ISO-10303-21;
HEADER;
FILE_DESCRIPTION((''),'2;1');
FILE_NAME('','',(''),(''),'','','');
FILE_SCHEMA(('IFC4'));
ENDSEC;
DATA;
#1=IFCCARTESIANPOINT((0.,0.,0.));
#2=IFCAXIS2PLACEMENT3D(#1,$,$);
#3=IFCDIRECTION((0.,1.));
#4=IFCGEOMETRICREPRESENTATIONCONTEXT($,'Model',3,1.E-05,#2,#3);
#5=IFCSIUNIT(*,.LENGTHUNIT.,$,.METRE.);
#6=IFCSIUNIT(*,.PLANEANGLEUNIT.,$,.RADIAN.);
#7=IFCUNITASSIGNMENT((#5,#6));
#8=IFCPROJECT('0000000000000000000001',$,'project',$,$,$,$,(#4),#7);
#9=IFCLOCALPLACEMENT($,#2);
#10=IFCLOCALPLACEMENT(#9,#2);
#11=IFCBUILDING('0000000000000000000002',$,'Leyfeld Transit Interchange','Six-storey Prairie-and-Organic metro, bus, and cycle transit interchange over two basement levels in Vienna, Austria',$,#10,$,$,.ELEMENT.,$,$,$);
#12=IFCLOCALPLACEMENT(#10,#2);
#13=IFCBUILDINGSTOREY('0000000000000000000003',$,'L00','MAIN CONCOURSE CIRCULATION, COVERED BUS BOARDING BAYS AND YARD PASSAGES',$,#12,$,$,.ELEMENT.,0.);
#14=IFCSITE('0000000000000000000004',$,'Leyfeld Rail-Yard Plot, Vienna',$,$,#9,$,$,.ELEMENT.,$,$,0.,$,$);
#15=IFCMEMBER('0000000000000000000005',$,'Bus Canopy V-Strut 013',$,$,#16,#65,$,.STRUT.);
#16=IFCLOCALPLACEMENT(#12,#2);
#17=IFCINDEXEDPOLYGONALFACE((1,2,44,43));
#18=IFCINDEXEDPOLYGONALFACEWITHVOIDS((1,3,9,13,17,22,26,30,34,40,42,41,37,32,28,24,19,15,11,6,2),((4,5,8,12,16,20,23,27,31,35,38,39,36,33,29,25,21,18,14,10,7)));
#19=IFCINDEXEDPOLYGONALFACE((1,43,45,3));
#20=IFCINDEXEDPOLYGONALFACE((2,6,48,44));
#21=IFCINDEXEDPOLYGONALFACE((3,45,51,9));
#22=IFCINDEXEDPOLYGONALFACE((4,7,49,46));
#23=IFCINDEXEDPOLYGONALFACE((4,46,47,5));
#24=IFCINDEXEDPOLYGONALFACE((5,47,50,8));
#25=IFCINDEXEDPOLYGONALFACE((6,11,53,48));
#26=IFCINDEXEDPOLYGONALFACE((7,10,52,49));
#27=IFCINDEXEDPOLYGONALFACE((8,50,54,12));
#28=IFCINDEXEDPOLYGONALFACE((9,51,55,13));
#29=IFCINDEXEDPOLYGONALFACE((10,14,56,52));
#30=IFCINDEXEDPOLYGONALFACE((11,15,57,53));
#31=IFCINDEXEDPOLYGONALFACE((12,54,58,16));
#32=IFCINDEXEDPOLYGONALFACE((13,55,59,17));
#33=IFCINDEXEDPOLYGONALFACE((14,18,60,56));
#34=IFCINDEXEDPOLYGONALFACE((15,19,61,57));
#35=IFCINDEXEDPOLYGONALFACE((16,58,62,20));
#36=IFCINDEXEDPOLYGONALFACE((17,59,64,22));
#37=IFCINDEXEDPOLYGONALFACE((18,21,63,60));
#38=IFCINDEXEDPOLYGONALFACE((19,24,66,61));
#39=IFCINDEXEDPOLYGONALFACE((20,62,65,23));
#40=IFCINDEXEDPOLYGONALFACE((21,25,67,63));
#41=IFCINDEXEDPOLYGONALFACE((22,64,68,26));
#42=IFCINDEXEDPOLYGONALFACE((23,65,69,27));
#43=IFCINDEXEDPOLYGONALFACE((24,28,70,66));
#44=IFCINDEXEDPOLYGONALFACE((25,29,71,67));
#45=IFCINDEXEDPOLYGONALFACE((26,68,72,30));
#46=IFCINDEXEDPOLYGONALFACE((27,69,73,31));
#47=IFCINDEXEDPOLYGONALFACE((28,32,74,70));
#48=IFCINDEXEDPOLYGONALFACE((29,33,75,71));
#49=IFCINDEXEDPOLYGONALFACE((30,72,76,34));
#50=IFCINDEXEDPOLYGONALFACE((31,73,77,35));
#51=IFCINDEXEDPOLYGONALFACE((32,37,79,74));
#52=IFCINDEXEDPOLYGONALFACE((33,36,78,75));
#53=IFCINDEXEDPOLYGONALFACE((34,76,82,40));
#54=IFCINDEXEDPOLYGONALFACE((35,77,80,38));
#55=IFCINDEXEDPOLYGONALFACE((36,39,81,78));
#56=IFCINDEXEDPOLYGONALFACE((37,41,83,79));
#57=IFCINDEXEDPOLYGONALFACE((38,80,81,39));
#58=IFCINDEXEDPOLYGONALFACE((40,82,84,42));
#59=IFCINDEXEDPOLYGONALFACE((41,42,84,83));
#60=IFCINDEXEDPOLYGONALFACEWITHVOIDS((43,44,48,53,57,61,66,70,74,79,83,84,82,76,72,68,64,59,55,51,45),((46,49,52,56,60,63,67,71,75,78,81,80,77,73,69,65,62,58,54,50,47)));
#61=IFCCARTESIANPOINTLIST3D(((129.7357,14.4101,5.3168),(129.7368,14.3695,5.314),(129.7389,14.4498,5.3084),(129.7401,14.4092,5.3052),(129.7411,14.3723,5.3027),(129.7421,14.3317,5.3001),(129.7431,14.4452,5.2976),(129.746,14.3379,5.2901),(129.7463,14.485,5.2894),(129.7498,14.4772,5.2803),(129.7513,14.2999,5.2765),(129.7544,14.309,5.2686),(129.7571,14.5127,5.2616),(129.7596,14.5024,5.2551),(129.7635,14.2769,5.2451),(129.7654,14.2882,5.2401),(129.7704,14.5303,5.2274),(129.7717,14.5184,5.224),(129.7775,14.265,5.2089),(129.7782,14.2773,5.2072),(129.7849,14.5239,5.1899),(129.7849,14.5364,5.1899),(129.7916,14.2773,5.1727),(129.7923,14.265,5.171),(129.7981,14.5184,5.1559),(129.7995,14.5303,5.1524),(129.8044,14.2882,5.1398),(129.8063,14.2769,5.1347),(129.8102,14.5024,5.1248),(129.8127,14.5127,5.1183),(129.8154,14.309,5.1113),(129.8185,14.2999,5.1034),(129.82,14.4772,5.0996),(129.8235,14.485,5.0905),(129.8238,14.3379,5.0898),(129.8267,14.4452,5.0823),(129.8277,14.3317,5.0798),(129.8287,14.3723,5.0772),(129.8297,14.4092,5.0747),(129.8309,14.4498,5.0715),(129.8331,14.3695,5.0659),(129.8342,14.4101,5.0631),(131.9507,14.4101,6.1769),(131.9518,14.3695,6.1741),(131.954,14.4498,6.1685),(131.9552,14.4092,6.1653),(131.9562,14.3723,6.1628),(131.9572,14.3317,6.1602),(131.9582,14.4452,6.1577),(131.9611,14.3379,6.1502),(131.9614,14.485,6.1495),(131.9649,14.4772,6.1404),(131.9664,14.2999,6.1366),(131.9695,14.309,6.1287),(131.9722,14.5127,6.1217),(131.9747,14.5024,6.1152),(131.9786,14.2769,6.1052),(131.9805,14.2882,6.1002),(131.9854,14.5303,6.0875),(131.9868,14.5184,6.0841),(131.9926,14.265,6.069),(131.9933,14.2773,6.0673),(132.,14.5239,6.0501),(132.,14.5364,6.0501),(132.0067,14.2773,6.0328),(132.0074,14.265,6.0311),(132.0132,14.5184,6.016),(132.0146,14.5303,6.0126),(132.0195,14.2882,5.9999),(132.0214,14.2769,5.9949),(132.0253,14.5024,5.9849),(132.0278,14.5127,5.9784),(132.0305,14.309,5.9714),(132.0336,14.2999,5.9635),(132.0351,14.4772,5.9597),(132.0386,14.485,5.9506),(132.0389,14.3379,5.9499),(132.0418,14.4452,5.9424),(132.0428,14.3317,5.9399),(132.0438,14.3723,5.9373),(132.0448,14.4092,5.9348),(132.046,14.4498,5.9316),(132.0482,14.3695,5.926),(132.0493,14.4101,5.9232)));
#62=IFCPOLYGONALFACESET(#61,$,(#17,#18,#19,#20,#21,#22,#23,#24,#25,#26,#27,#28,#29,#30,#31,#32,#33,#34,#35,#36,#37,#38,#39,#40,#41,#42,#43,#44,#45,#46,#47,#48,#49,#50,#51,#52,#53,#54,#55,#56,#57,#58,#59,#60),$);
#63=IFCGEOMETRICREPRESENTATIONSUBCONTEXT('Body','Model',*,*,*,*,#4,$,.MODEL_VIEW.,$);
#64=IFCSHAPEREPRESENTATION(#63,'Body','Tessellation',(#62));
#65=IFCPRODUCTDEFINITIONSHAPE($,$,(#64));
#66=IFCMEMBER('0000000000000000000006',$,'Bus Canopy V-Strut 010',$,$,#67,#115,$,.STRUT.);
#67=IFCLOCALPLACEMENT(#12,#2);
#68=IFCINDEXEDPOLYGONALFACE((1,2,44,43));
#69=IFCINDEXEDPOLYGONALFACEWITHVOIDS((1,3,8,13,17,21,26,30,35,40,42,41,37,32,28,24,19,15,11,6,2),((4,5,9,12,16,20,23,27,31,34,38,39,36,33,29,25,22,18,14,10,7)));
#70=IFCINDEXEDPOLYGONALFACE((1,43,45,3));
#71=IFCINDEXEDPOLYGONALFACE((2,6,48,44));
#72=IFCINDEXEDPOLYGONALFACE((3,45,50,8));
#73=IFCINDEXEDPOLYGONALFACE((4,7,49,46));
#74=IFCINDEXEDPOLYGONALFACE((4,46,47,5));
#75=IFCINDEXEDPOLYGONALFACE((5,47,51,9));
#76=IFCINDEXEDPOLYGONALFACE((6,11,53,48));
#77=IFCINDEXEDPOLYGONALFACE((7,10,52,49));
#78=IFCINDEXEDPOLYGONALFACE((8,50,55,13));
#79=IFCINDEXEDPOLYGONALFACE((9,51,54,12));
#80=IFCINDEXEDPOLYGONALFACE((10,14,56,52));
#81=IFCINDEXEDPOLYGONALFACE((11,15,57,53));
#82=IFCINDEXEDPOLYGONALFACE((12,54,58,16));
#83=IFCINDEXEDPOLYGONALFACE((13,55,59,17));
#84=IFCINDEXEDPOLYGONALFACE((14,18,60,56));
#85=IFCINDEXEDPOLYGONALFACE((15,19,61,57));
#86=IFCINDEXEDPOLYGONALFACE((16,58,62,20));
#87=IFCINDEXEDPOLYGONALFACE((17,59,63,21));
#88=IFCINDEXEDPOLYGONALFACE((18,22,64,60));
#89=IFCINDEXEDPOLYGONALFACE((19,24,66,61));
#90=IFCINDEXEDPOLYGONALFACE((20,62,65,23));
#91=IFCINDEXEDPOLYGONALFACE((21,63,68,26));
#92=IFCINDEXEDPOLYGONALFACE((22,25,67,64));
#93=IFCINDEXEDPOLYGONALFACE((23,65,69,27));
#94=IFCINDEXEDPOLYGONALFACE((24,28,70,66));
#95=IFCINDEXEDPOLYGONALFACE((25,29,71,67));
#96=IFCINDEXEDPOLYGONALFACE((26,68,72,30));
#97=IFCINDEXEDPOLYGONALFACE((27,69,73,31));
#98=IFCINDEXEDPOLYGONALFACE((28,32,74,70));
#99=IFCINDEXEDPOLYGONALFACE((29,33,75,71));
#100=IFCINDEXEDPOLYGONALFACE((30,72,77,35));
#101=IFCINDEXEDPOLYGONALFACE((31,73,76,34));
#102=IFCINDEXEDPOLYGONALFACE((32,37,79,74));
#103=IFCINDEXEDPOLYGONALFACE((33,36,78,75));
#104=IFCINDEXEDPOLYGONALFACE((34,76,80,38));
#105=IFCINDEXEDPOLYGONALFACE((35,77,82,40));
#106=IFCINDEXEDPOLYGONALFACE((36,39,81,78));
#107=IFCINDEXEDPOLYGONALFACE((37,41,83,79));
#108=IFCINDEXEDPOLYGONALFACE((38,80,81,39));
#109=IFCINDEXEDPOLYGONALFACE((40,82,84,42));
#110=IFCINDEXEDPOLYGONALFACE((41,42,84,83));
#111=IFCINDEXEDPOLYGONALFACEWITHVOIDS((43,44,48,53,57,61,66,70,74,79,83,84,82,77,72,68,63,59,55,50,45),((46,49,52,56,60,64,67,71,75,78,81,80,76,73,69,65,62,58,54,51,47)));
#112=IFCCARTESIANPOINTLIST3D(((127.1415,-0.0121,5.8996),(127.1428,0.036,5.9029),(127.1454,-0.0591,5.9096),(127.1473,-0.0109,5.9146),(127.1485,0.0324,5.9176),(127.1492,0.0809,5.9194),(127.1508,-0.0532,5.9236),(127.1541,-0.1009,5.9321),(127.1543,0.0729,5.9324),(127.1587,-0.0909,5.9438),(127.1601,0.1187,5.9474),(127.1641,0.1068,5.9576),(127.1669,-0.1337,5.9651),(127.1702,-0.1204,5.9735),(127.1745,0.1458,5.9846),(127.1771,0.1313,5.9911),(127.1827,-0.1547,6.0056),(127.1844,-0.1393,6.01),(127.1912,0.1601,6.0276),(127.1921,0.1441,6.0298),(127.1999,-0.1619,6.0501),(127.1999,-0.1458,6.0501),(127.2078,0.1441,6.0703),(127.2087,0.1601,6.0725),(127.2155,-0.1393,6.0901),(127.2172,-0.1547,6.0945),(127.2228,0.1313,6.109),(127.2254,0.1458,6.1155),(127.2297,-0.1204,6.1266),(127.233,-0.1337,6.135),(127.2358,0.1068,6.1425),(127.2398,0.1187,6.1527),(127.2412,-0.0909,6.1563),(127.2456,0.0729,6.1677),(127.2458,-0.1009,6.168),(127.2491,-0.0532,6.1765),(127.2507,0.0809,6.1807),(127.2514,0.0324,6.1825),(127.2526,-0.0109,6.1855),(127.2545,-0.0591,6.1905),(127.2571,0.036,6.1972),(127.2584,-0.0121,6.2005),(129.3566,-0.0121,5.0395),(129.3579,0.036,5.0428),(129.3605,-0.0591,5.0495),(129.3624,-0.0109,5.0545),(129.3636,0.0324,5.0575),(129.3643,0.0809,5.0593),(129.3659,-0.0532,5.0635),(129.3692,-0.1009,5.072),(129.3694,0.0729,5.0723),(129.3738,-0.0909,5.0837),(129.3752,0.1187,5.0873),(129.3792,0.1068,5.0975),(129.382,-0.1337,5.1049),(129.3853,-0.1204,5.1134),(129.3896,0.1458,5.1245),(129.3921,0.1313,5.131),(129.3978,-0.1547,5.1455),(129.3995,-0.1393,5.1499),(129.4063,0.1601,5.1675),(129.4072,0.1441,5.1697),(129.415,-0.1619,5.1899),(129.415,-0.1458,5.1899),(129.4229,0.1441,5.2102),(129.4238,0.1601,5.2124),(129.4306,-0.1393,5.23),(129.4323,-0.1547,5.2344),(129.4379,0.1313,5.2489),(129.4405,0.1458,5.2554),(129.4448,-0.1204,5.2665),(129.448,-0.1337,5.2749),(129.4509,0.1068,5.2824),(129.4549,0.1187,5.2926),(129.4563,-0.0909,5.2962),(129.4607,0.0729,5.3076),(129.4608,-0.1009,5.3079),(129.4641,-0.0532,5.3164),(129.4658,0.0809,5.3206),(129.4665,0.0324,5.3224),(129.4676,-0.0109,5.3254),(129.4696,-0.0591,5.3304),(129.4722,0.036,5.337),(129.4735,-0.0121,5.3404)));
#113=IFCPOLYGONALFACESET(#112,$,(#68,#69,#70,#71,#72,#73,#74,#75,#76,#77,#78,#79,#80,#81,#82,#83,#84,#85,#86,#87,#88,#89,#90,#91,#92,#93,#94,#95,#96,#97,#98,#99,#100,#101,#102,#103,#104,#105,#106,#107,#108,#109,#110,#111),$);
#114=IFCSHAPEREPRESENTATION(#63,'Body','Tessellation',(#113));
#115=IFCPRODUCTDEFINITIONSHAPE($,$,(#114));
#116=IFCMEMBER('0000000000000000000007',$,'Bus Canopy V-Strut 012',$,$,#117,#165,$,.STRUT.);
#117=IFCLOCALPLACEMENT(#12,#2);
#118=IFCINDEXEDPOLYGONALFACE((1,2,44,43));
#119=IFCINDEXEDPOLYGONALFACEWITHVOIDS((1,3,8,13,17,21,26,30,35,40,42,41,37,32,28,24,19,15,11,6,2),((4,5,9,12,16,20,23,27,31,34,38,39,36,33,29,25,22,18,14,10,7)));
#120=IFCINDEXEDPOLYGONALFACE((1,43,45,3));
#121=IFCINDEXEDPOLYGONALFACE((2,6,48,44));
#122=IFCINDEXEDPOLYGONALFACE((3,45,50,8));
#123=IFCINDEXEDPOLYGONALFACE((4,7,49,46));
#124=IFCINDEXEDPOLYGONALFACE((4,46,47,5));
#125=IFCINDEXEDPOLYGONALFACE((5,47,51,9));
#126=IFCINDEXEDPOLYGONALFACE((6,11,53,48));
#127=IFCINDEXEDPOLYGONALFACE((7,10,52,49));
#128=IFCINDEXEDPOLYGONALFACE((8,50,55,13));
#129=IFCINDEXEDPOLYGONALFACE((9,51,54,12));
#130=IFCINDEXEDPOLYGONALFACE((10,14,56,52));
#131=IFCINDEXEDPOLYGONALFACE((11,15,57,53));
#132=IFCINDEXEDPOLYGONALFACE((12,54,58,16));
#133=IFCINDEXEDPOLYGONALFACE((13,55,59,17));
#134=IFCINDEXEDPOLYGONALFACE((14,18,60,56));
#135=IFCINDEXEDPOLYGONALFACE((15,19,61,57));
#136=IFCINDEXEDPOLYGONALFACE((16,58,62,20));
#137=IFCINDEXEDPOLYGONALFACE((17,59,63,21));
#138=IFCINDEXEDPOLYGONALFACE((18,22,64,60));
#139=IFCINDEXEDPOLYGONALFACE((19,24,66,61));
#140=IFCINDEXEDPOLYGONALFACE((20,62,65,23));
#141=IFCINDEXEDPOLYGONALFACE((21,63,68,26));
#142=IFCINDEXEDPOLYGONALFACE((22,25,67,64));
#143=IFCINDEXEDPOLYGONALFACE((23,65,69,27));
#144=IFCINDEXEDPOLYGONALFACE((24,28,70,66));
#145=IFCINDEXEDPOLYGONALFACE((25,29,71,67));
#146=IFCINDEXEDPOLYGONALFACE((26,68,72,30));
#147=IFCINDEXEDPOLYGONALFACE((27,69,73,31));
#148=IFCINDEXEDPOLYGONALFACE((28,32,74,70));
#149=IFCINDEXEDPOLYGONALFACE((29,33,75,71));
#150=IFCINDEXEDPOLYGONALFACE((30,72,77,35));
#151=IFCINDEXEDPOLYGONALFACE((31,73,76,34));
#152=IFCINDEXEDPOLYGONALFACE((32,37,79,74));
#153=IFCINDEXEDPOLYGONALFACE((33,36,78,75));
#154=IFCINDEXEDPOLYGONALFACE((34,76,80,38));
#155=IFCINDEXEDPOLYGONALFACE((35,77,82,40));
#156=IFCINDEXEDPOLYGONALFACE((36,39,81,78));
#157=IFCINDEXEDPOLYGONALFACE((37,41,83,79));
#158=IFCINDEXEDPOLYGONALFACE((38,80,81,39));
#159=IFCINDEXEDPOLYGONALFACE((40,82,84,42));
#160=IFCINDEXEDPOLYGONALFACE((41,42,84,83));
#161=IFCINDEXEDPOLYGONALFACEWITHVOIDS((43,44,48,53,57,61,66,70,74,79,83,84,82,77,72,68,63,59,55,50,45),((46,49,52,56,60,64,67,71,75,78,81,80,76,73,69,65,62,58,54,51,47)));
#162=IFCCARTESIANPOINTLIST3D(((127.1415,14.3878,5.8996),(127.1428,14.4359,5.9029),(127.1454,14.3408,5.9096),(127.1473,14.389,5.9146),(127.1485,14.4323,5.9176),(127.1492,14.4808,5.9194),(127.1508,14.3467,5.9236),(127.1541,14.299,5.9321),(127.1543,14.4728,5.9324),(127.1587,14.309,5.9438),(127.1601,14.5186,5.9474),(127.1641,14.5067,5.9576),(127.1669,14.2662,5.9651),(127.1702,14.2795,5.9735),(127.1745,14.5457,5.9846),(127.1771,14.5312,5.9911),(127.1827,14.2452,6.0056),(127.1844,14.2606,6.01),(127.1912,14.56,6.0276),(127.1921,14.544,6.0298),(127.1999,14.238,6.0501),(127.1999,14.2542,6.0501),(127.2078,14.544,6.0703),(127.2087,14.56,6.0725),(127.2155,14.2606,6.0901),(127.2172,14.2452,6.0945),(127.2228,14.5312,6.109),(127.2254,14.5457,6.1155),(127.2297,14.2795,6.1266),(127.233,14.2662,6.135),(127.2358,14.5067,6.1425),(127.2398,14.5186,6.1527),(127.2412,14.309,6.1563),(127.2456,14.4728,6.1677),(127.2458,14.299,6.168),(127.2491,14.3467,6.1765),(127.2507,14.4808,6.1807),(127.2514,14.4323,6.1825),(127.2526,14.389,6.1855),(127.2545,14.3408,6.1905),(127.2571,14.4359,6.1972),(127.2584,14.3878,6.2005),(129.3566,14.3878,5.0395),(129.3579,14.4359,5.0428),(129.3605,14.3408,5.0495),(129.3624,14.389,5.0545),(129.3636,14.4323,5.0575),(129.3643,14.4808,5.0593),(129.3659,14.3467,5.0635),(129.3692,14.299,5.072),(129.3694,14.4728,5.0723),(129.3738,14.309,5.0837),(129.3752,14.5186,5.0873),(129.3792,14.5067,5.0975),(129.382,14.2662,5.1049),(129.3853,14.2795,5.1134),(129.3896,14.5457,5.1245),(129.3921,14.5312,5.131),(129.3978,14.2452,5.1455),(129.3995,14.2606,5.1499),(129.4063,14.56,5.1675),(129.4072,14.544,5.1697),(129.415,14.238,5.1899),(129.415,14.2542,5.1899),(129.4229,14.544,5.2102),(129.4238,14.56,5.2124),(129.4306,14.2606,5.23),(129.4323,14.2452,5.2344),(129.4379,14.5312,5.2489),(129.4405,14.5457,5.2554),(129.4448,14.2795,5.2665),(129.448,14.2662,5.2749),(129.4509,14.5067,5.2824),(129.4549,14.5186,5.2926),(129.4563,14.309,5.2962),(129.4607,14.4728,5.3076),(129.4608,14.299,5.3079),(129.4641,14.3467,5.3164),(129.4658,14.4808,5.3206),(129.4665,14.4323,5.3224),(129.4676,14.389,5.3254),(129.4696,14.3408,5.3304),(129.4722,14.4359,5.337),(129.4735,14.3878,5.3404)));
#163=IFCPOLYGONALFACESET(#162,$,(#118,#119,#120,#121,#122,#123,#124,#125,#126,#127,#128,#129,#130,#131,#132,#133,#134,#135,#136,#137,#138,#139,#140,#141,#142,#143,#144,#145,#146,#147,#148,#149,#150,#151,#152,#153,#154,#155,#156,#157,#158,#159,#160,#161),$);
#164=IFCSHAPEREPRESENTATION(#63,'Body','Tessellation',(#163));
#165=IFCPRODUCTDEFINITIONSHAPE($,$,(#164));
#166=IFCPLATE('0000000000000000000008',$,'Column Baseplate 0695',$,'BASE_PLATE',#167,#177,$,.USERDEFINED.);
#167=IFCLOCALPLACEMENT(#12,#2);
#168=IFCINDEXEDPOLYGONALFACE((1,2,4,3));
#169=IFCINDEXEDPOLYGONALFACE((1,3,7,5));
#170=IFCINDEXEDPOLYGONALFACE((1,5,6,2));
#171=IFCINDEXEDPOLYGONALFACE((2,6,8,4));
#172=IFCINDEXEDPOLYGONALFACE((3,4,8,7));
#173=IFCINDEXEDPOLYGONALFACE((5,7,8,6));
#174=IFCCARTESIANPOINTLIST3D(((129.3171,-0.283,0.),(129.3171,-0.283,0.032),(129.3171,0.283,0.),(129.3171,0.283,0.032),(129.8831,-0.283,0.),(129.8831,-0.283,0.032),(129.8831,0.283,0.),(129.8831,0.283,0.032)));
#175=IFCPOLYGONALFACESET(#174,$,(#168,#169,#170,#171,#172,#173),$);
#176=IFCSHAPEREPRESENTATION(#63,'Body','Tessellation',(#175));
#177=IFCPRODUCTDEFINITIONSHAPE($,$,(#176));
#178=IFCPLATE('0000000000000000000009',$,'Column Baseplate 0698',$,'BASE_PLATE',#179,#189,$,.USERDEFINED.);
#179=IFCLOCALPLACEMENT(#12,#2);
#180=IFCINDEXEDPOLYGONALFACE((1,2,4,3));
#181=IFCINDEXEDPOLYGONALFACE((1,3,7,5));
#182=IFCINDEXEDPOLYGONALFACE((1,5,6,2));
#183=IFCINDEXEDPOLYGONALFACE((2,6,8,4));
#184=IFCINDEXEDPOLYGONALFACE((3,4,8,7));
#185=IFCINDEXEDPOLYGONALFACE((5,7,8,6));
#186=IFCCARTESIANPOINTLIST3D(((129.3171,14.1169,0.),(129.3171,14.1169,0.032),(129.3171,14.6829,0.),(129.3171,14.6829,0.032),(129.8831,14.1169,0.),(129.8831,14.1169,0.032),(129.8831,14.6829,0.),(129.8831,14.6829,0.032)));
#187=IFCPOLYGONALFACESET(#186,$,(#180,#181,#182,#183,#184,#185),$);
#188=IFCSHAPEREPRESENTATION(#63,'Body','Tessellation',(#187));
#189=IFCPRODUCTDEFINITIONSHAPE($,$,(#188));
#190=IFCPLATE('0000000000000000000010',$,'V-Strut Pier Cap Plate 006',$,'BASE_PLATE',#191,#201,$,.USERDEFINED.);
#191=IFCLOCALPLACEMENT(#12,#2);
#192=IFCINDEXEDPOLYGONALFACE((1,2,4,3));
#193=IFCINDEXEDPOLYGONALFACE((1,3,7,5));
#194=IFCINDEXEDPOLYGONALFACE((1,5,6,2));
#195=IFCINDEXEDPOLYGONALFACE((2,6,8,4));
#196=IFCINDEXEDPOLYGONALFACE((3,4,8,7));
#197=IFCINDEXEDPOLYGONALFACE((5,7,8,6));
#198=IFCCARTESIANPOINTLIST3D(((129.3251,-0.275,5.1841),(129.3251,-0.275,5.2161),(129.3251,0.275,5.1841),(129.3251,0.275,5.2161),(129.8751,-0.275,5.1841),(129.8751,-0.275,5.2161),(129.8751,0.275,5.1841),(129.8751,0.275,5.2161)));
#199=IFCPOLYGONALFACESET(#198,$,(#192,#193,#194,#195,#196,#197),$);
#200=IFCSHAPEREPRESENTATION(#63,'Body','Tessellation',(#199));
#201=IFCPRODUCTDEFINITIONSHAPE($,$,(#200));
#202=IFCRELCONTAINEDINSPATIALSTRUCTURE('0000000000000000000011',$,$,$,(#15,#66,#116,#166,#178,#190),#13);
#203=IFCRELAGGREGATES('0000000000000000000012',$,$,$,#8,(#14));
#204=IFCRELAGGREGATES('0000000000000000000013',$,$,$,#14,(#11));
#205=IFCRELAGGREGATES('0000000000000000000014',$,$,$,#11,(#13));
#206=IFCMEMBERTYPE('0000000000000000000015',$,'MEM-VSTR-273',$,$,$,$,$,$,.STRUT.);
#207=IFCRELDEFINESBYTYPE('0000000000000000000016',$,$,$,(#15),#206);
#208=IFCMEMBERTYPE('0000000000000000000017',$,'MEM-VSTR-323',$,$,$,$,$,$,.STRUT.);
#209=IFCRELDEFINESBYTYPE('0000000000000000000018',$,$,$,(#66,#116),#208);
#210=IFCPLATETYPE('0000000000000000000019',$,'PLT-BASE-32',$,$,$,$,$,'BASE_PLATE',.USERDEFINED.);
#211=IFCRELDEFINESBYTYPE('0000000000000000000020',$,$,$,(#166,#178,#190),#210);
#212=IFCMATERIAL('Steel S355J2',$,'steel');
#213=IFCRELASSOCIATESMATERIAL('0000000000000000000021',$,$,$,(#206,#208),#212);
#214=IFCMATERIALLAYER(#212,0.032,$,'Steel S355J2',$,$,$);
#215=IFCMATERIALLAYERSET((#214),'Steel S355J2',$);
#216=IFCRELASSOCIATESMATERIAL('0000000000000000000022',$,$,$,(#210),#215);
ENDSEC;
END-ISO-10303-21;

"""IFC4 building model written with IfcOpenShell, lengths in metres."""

from ifc_helpers import new_model, si_unit, direction, frame, origin, origin_2d, place, context, subcontext, project, spatial, rectangle, hollow_circle, extrude, material, layer, layer_set, material_profile, profile_set, type_object, element, save


model = new_model("IFC4")

# Units and contexts
model_context = context("Model", 3, precision=1e-05, world=origin(), true_north=direction((0.0, 1.0)))
body_context = subcontext(model_context, "Body", "Model", "MODEL_VIEW")
ifc_project = project(units=[si_unit("LENGTHUNIT", "METRE"), si_unit("PLANEANGLEUNIT", "RADIAN")], contexts=[model_context])

# Site, building, storey
site_placement = place(None, origin())
site = spatial("IfcSite", under=ifc_project, at=site_placement, Name="Leyfeld Rail-Yard Plot, Vienna", CompositionType="ELEMENT", RefElevation=0.0)
building_placement = place(site_placement, origin())
building = spatial("IfcBuilding", under=site, at=building_placement, Name="Leyfeld Transit Interchange", Description="Six-storey Prairie-and-Organic metro, bus, and cycle transit interchange over two basement levels in Vienna, Austria", CompositionType="ELEMENT")
storey_placement = place(building_placement, origin())
storey = spatial("IfcBuildingStorey", under=building, at=storey_placement, Name="L00", Description="MAIN CONCOURSE CIRCULATION, COVERED BUS BOARDING BAYS AND YARD PASSAGES", CompositionType="ELEMENT", Elevation=0.0)

# Shared definitions
ifc_material_1 = material(Name="Steel S355J2", Category="steel")

# Members
ifc_material_profile_1 = material_profile(ifc_material_1, hollow_circle(Radius=0.1365, WallThickness=0.0125, at=origin_2d()), Name="CHS 273x12.5")
ifc_profile_set_1 = profile_set([ifc_material_profile_1], Name="Steel S355J2")
member_type_1 = type_object("IfcMemberType", Name="MEM-VSTR-273", PredefinedType="STRUT", material=ifc_profile_set_1)
for number, where, z_axis, x_axis, name in (
    (1, (129.7849, 14.3999, 5.1899), (0.932192, 0.0, 0.361965), (0.0, 1.0, 0.0), "Bus Canopy V-Strut 013"),
):
    element("IfcMember", number, at=place(storey_placement, frame(where, z_axis=z_axis, x_axis=x_axis)), inside=storey, type_object=member_type_1, Name=name, PredefinedType="STRUT", context=body_context, shape_type="SweptSolid", body=[
        extrude(hollow_circle(Radius=0.1365, WallThickness=0.0125, at=origin_2d()), origin(), (0.0, 0.0, 1.0), 2.3762),
    ])
ifc_material_profile_2 = material_profile(ifc_material_1, hollow_circle(Radius=0.1619, WallThickness=0.0161, at=origin_2d()), Name="CHS 323.9x16")
ifc_profile_set_2 = profile_set([ifc_material_profile_2], Name="Steel S355J2")
member_type_2 = type_object("IfcMemberType", Name="MEM-VSTR-323", PredefinedType="STRUT", material=ifc_profile_set_2)
for number, where, z_axis, x_axis, name in (
    (2, (129.415, 0.0, 5.1899), (-0.932192, 0.0, 0.361965), (0.0, -1.0, 0.0), "Bus Canopy V-Strut 010"),
    (3, (129.415, 14.3999, 5.1899), (-0.932192, 0.0, 0.361965), (0.0, -1.0, 0.0), "Bus Canopy V-Strut 012"),
):
    element("IfcMember", number, at=place(storey_placement, frame(where, z_axis=z_axis, x_axis=x_axis)), inside=storey, type_object=member_type_2, Name=name, PredefinedType="STRUT", context=body_context, shape_type="SweptSolid", body=[
        extrude(hollow_circle(Radius=0.1619, WallThickness=0.0161, at=origin_2d()), origin(), (0.0, 0.0, 1.0), 2.3762),
    ])

# Plates
ifc_layer_1 = layer(ifc_material_1, 0.032, Name="Steel S355J2")
ifc_layer_set_1 = layer_set([ifc_layer_1], Name="Steel S355J2")
plate_type_1 = type_object("IfcPlateType", Name="PLT-BASE-32", ElementType="BASE_PLATE", PredefinedType="USERDEFINED", material=ifc_layer_set_1)
for number, where, z_axis, x_axis, name in (
    (4, (129.6001, 0.0, 0.0), (0.0, 0.0, 1.0), (1.0, 0.0, 0.0), "Column Baseplate 0695"),
    (5, (129.6001, 14.3999, 0.0), (0.0, 0.0, 1.0), (1.0, 0.0, 0.0), "Column Baseplate 0698"),
):
    element("IfcPlate", number, at=place(storey_placement, frame(where, z_axis=z_axis, x_axis=x_axis)), inside=storey, type_object=plate_type_1, Name=name, ObjectType="BASE_PLATE", PredefinedType="USERDEFINED", context=body_context, shape_type="SweptSolid", body=[
        extrude(rectangle(XDim=0.5659, YDim=0.5659, at=origin_2d()), origin(), (0.0, 0.0, 1.0), 0.032),
    ])
for number, where, z_axis, x_axis, name in (
    (6, (129.6001, 0.0, 5.1841), (0.0, 0.0, 1.0), (1.0, 0.0, 0.0), "V-Strut Pier Cap Plate 006"),
):
    element("IfcPlate", number, at=place(storey_placement, frame(where, z_axis=z_axis, x_axis=x_axis)), inside=storey, type_object=plate_type_1, Name=name, ObjectType="BASE_PLATE", PredefinedType="USERDEFINED", context=body_context, shape_type="SweptSolid", body=[
        extrude(rectangle(XDim=0.55, YDim=0.55, at=origin_2d()), origin(), (0.0, 0.0, 1.0), 0.032),
    ])

save(model, "model.ifc")
